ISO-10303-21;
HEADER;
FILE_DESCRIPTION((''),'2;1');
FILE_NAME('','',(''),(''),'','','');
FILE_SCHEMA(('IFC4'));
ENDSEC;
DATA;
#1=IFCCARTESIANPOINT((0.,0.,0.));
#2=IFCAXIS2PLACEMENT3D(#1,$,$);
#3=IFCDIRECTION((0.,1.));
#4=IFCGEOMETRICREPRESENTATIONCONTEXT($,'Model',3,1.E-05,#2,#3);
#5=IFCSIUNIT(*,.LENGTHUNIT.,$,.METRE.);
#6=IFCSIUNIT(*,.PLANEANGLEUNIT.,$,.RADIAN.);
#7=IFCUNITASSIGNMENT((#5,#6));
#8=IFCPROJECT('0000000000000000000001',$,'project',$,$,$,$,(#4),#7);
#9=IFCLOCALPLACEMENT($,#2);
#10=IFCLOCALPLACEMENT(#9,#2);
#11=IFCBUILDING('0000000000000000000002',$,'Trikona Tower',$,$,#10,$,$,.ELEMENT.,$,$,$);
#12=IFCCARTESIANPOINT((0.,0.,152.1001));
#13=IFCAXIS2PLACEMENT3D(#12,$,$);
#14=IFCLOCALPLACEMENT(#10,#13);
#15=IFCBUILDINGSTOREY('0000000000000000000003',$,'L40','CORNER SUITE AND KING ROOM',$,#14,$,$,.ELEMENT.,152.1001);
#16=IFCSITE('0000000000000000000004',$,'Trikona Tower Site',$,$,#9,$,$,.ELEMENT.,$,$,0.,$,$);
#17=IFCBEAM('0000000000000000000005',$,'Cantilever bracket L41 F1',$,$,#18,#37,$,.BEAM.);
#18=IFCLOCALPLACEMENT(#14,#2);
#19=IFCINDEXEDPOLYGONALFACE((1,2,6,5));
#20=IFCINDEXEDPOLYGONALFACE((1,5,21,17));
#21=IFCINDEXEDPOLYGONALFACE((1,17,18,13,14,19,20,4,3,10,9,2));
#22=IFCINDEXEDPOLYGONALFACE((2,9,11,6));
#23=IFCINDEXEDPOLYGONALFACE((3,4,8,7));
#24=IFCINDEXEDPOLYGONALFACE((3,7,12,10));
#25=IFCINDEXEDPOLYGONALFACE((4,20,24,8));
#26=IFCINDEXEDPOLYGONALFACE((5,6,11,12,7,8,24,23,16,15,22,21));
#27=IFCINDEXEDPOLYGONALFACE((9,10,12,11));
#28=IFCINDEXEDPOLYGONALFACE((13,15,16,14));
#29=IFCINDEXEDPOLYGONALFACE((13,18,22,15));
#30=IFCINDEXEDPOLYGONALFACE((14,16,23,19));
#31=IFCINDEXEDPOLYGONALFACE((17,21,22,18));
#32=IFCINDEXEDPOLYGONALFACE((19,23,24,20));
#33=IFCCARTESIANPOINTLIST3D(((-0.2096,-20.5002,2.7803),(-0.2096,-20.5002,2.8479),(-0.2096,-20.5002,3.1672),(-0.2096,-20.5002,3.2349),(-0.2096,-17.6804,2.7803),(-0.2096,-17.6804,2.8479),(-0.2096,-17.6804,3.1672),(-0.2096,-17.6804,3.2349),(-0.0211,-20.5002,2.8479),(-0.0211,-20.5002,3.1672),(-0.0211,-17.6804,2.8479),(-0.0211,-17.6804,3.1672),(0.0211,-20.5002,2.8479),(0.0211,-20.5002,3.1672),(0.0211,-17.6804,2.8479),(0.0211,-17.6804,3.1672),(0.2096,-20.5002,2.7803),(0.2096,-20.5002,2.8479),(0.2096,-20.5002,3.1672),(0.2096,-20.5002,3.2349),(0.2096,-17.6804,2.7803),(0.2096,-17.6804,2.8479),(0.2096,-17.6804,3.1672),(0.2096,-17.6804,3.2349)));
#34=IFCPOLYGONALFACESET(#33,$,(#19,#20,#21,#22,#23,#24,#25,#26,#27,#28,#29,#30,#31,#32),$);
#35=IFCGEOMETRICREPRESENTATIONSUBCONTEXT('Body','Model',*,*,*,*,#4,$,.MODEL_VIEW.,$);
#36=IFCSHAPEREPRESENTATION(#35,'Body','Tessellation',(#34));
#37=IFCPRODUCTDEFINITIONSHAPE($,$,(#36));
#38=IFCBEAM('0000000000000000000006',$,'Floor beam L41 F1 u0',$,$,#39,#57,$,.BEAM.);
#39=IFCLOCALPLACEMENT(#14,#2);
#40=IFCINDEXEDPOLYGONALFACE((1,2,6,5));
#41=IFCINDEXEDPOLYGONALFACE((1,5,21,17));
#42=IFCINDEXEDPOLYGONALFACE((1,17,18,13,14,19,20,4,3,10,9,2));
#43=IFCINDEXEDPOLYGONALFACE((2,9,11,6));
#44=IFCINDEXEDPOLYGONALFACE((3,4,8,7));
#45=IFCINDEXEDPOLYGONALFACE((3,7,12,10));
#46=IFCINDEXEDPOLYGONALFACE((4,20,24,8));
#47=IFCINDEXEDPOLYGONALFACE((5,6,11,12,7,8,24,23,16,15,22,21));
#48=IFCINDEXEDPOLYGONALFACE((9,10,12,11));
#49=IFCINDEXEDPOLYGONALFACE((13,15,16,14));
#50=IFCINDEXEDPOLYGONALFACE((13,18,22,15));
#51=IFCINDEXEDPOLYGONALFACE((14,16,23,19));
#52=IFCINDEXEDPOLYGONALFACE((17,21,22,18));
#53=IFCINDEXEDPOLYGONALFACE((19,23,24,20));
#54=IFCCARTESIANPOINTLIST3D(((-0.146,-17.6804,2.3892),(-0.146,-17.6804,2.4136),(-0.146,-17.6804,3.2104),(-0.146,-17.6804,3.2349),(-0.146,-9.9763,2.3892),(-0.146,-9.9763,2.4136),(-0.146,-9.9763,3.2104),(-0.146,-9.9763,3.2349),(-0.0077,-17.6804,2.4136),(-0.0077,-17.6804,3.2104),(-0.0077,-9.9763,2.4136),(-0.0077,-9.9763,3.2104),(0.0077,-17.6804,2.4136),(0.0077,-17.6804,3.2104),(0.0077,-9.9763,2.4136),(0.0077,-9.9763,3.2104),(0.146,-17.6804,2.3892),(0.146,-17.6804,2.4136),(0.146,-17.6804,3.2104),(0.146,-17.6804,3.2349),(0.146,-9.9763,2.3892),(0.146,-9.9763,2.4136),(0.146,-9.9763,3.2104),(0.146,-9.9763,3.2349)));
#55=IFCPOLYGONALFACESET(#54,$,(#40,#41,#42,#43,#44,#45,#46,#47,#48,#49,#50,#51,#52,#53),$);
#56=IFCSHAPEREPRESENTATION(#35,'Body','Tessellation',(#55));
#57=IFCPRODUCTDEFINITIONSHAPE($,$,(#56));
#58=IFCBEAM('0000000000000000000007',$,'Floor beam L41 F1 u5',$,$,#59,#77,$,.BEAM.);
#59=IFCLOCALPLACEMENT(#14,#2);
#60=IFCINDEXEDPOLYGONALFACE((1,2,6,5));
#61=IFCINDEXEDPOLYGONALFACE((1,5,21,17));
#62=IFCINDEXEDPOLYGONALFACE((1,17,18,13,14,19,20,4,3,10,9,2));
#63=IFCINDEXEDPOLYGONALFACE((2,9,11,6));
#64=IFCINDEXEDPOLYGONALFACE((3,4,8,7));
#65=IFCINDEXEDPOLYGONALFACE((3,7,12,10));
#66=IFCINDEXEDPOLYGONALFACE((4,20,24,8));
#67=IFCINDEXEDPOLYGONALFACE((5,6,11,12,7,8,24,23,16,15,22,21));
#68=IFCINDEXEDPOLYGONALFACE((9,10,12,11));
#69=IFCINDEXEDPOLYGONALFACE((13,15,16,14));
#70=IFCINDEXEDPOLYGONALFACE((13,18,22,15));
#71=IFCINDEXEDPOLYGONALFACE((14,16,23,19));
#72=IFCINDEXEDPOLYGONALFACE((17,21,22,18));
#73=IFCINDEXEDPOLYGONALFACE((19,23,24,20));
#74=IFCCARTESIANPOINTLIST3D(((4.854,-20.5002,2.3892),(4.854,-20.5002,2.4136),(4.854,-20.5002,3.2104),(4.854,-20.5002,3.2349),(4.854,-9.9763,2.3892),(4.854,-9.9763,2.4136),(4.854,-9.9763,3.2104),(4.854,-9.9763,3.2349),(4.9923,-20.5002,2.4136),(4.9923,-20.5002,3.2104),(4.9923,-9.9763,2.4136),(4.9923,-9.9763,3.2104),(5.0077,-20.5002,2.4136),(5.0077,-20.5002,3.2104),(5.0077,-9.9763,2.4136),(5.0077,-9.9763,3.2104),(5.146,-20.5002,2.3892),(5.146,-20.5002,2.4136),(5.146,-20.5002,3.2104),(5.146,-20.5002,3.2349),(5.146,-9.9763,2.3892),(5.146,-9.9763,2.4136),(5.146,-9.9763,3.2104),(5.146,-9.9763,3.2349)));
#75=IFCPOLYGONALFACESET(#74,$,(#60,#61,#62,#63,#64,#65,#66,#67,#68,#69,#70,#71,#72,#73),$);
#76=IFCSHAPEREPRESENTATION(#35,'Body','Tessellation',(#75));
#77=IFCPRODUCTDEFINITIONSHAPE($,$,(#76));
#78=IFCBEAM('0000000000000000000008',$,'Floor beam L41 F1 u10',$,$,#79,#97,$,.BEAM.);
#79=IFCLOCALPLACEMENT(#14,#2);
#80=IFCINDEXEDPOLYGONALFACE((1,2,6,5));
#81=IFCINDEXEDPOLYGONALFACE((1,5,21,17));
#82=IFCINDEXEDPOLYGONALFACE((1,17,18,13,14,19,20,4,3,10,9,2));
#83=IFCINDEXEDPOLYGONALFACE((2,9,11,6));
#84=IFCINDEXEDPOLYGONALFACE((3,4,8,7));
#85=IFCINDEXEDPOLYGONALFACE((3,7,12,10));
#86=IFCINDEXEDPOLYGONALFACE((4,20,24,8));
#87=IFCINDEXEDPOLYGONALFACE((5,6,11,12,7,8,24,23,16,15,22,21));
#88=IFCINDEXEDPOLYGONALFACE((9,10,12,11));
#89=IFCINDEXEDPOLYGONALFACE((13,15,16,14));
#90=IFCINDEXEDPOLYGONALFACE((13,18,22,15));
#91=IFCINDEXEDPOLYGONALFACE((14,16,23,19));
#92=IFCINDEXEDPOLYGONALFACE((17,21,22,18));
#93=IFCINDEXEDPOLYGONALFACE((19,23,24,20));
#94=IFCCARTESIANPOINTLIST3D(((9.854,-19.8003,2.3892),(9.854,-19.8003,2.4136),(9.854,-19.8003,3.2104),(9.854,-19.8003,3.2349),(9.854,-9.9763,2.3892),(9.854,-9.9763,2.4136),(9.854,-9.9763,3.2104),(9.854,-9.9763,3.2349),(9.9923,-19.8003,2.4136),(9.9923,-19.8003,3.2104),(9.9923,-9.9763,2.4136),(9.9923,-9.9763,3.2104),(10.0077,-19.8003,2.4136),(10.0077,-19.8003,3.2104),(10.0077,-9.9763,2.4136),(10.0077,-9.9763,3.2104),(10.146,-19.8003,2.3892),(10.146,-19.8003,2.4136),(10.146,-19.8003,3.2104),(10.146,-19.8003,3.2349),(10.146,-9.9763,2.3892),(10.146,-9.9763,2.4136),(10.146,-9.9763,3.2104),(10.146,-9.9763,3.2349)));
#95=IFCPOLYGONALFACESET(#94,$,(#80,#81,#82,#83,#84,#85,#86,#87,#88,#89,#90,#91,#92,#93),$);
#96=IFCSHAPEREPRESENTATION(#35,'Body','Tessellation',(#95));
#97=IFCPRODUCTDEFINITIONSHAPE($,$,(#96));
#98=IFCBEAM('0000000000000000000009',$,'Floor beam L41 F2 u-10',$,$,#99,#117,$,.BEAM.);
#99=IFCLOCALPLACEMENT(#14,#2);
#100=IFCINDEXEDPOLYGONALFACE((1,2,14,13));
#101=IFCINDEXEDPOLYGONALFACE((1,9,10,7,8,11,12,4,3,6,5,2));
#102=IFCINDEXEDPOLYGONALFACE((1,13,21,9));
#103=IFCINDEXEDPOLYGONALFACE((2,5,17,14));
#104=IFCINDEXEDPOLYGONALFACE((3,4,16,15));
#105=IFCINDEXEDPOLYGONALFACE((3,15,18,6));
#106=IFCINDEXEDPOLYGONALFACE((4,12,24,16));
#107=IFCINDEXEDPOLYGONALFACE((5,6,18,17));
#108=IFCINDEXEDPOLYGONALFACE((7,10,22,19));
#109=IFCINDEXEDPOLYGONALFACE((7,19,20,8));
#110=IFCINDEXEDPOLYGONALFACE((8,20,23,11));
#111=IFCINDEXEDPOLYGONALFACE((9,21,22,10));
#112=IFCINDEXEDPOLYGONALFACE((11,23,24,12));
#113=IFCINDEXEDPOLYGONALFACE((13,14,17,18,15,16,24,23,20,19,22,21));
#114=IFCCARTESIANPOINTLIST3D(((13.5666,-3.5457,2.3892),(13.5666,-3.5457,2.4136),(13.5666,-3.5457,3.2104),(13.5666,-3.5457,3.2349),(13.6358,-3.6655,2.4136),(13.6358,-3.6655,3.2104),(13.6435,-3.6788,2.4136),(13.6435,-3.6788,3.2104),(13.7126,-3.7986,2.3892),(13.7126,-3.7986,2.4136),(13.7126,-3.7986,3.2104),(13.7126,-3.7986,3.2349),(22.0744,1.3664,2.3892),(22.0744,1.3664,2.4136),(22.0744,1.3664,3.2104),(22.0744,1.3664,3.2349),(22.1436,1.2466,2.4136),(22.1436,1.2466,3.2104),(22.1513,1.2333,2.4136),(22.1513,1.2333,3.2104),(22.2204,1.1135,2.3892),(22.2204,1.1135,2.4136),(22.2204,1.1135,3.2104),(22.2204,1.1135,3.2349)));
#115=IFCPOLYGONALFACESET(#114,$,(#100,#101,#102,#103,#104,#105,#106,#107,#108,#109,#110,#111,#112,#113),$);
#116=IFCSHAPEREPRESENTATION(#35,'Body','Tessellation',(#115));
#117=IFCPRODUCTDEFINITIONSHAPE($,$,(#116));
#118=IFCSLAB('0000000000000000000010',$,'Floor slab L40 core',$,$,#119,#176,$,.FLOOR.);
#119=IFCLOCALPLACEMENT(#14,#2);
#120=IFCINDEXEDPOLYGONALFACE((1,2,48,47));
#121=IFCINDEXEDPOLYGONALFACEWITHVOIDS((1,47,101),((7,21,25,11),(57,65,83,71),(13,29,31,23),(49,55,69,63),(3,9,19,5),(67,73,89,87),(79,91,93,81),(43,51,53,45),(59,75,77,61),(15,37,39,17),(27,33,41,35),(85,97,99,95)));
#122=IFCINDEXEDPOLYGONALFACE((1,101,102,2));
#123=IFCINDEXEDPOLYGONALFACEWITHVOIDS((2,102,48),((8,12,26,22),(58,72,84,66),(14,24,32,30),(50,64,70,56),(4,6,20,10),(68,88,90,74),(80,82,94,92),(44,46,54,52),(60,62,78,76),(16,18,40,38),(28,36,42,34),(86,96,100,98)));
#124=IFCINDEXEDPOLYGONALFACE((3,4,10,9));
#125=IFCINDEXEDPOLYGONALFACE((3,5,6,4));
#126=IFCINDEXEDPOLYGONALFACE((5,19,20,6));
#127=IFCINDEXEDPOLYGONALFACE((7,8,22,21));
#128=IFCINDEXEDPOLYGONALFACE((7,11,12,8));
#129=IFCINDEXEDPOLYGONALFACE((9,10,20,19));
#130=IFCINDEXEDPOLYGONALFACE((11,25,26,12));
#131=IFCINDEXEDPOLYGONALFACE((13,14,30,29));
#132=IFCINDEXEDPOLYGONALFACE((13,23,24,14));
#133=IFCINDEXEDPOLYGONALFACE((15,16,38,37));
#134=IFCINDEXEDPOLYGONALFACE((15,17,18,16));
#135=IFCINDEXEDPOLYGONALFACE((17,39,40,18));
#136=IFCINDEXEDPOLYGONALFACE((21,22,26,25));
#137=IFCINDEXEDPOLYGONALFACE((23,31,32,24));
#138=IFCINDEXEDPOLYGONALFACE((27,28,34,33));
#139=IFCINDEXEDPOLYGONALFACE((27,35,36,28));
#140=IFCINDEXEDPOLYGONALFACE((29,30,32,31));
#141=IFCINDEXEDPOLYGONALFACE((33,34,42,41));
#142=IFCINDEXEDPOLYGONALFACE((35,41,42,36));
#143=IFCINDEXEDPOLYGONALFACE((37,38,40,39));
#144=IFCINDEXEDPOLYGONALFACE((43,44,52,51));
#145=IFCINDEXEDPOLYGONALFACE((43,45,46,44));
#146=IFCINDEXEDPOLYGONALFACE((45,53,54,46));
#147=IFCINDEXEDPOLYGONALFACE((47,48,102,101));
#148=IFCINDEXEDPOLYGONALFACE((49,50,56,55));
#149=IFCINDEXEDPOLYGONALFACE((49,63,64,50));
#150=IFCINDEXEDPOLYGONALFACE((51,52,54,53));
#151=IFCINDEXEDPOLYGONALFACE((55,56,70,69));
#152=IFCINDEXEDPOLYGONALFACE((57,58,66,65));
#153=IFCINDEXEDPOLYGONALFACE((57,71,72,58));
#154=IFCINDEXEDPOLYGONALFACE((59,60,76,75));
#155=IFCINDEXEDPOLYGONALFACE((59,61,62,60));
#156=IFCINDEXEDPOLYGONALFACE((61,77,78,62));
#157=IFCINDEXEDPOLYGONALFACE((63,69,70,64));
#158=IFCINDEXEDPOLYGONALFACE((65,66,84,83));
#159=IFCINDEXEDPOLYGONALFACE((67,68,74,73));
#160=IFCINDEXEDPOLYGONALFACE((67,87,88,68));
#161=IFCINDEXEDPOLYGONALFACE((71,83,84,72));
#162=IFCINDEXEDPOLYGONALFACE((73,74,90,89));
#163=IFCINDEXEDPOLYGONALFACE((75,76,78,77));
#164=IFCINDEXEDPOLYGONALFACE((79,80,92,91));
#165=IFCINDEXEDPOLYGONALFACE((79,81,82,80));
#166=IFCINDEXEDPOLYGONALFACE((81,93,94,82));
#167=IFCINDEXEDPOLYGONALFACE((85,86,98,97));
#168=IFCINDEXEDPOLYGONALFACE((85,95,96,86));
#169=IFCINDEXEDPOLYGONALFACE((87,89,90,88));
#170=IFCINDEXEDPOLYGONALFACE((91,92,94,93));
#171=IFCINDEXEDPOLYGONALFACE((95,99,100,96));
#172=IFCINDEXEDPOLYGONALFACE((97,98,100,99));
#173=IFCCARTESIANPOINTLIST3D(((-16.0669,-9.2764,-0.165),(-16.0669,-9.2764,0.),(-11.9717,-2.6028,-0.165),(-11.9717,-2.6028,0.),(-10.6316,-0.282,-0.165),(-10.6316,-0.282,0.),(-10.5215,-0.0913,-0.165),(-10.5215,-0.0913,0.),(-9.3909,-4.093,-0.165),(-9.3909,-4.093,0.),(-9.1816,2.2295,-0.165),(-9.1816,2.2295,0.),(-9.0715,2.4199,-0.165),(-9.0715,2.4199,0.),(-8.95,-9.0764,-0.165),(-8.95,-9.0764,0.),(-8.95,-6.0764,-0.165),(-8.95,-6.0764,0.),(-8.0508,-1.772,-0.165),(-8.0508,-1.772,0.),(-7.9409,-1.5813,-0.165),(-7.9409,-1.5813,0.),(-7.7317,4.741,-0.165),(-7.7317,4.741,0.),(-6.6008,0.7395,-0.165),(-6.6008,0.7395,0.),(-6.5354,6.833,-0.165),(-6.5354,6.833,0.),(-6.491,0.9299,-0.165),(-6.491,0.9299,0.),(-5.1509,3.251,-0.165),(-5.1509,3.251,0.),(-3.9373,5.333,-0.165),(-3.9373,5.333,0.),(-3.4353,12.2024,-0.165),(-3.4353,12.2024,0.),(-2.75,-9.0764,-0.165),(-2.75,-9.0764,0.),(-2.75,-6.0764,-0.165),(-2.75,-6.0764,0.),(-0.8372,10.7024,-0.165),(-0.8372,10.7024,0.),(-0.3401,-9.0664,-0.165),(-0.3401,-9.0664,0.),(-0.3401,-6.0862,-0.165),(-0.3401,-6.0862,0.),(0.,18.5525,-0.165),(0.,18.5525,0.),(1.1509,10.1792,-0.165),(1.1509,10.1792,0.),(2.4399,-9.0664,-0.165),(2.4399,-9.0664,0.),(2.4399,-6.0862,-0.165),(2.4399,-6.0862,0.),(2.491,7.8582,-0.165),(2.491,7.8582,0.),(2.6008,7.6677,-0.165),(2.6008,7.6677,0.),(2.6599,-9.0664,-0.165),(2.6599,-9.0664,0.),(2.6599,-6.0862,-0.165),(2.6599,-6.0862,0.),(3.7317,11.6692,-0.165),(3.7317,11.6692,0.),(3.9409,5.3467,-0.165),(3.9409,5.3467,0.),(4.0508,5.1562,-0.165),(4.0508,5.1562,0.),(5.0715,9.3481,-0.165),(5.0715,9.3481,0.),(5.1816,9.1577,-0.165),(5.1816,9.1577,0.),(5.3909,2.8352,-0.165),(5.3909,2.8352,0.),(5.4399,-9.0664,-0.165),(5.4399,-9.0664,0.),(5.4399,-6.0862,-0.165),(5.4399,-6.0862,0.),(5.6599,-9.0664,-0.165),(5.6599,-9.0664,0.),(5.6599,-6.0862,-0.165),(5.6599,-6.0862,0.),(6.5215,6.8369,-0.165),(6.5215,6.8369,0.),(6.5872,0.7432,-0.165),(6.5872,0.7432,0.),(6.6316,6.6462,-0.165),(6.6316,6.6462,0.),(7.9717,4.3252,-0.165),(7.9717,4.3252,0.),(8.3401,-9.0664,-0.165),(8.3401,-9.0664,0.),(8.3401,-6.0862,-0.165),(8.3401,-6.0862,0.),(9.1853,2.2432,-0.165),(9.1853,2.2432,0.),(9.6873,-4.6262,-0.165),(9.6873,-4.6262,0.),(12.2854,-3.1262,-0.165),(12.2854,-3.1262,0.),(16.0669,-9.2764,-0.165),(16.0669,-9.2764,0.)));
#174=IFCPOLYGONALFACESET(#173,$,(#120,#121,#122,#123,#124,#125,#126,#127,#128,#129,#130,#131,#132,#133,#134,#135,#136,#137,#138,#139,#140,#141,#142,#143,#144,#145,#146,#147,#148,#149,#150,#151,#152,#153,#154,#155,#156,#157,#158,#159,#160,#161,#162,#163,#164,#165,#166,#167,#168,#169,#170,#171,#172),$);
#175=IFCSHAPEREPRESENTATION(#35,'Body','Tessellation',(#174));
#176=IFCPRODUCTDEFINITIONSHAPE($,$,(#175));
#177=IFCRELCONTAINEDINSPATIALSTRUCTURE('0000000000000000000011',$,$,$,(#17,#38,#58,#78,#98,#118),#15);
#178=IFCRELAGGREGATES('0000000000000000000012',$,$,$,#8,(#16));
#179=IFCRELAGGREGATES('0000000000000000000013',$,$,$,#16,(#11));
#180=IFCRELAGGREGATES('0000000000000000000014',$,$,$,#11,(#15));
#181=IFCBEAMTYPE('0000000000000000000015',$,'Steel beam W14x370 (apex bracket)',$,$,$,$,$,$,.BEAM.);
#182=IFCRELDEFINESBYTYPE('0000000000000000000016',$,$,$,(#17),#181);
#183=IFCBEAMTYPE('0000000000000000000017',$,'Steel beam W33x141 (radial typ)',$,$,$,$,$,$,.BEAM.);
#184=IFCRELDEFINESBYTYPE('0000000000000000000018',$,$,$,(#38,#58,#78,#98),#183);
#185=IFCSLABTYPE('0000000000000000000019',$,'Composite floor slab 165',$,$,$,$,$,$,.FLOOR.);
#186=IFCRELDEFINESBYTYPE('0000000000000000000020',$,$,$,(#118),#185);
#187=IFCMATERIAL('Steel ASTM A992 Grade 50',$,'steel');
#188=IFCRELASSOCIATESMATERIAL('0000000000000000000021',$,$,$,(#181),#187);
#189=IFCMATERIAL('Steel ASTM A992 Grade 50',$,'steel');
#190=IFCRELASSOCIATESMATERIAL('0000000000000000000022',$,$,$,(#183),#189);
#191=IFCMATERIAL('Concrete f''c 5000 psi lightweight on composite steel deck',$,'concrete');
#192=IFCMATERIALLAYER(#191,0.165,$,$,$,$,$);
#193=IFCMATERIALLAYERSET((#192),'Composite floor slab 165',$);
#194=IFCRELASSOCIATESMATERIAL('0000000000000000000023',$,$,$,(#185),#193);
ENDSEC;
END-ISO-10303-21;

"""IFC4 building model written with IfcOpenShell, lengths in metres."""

from ifc_helpers import new_model, si_unit, direction, frame, origin, origin_2d, place, context, subcontext, project, spatial, polyline, i_section, outline, extrude, material, layer, layer_set, material_profile, profile_set, type_object, element, save


model = new_model("IFC4")

# Units and contexts
model_context = context("Model", 3, precision=1e-05, world=origin(), true_north=direction((0.0, 1.0)))
body_context = subcontext(model_context, "Body", "Model", "MODEL_VIEW")
ifc_project = project(units=[si_unit("LENGTHUNIT", "METRE"), si_unit("PLANEANGLEUNIT", "RADIAN")], contexts=[model_context])

# Site, building, storey
site_placement = place(None, origin())
site = spatial("IfcSite", under=ifc_project, at=site_placement, Name="Trikona Tower Site", CompositionType="ELEMENT", RefElevation=0.0)
building_placement = place(site_placement, origin())
building = spatial("IfcBuilding", under=site, at=building_placement, Name="Trikona Tower", CompositionType="ELEMENT")
storey_placement = place(building_placement, frame((0.0, 0.0, 152.1001)))
storey = spatial("IfcBuildingStorey", under=building, at=storey_placement, Name="L40", Description="CORNER SUITE AND KING ROOM", CompositionType="ELEMENT", Elevation=152.1001)

# Beams
ifc_material_1 = material(Name="Steel ASTM A992 Grade 50", Category="steel")
ifc_material_profile_1 = material_profile(ifc_material_1, i_section(OverallWidth=0.4192, OverallDepth=0.4546, WebThickness=0.0422, FlangeThickness=0.0676, at=origin_2d()), Name="W14X370")
ifc_profile_set_1 = profile_set([ifc_material_profile_1], Name="Steel ASTM A992 Grade 50")
beam_type_1 = type_object("IfcBeamType", Name="Steel beam W14x370 (apex bracket)", PredefinedType="BEAM", material=ifc_profile_set_1)
beam_1_placement = place(storey_placement, frame((0.0, -17.6804, 3.0076), z_axis=(0.0, -1.0, 0.0), x_axis=(1.0, 0.0, 0.0)))
element("IfcBeam", 1, at=beam_1_placement, inside=storey, type_object=beam_type_1, Name="Cantilever bracket L41 F1", PredefinedType="BEAM", context=body_context, shape_type="SweptSolid", body=[
    extrude(i_section(OverallWidth=0.4192, OverallDepth=0.4546, WebThickness=0.0422, FlangeThickness=0.0676, at=origin_2d()), origin(), (0.0, 0.0, 1.0), 2.8198),
])
ifc_material_2 = material(Name="Steel ASTM A992 Grade 50", Category="steel")
ifc_material_profile_2 = material_profile(ifc_material_2, i_section(OverallWidth=0.292, OverallDepth=0.8457, WebThickness=0.0154, FlangeThickness=0.0244, at=origin_2d()), Name="W33X141")
ifc_profile_set_2 = profile_set([ifc_material_profile_2], Name="Steel ASTM A992 Grade 50")
beam_type_2 = type_object("IfcBeamType", Name="Steel beam W33x141 (radial typ)", PredefinedType="BEAM", material=ifc_profile_set_2)
beam_2_placement = place(storey_placement, frame((0.0, -9.9763, 2.812), z_axis=(0.0, -1.0, 0.0), x_axis=(1.0, 0.0, 0.0)))
element("IfcBeam", 2, at=beam_2_placement, inside=storey, type_object=beam_type_2, Name="Floor beam L41 F1 u0", PredefinedType="BEAM", context=body_context, shape_type="SweptSolid", body=[
    extrude(i_section(OverallWidth=0.292, OverallDepth=0.8457, WebThickness=0.0154, FlangeThickness=0.0244, at=origin_2d()), origin(), (0.0, 0.0, 1.0), 7.7041),
])
beam_3_placement = place(storey_placement, frame((5.0, -9.9763, 2.812), z_axis=(0.0, -1.0, 0.0), x_axis=(1.0, 0.0, 0.0)))
element("IfcBeam", 3, at=beam_3_placement, inside=storey, type_object=beam_type_2, Name="Floor beam L41 F1 u5", PredefinedType="BEAM", context=body_context, shape_type="SweptSolid", body=[
    extrude(i_section(OverallWidth=0.292, OverallDepth=0.8457, WebThickness=0.0154, FlangeThickness=0.0244, at=origin_2d()), origin(), (0.0, 0.0, 1.0), 10.5239),
])
for number, where, z_axis, x_axis, name in (
    (4, (10.0, -9.9763, 2.812), (0.0, -1.0, 0.0), (1.0, 0.0, 0.0), "Floor beam L41 F1 u10"),
    (5, (13.6396, -3.6721, 2.812), (0.86602, 0.500009, 0.0), (-0.500009, 0.86602, 0.0), "Floor beam L41 F2 u-10"),
):
    element("IfcBeam", number, at=place(storey_placement, frame(where, z_axis=z_axis, x_axis=x_axis)), inside=storey, type_object=beam_type_2, Name=name, PredefinedType="BEAM", context=body_context, shape_type="SweptSolid", body=[
        extrude(i_section(OverallWidth=0.292, OverallDepth=0.8457, WebThickness=0.0154, FlangeThickness=0.0244, at=origin_2d()), origin(), (0.0, 0.0, 1.0), 9.824),
    ])

# Slab
ifc_material_3 = material(Name="Concrete f'c 5000 psi lightweight on composite steel deck", Category="concrete")
ifc_layer_1 = layer(ifc_material_3, 0.165)
ifc_layer_set_1 = layer_set([ifc_layer_1], Name="Composite floor slab 165")
slab_type = type_object("IfcSlabType", Name="Composite floor slab 165", PredefinedType="FLOOR", material=ifc_layer_set_1)
slab_placement = place(storey_placement, frame((0.0, 0.0, -0.165)))
element("IfcSlab", 6, at=slab_placement, inside=storey, type_object=slab_type, Name="Floor slab L40 core", PredefinedType="FLOOR", context=body_context, shape_type="SweptSolid", body=[
    extrude(outline(polyline([(-16.0669, -9.2764), (16.0669, -9.2764), (0.0, 18.5525), (-16.0669, -9.2764)]), holes=[polyline([(12.2854, -3.1262), (9.1853, 2.2432), (6.5872, 0.7432), (9.6873, -4.6262), (12.2854, -3.1262)]), polyline([(8.3401, -9.0664), (8.3401, -6.0862), (5.6599, -6.0862), (5.6599, -9.0664), (8.3401, -9.0664)]), polyline([(5.3909, 2.8352), (7.9717, 4.3252), (6.6316, 6.6462), (4.0508, 5.1562), (5.3909, 2.8352)]), polyline([(2.6008, 7.6677), (3.9409, 5.3467), (6.5215, 6.8369), (5.1816, 9.1577), (2.6008, 7.6677)]), polyline([(5.4399, -6.0862), (2.6599, -6.0862), (2.6599, -9.0664), (5.4399, -9.0664), (5.4399, -6.0862)]), polyline([(3.7317, 11.6692), (1.1509, 10.1792), (2.491, 7.8582), (5.0715, 9.3481), (3.7317, 11.6692)]), polyline([(-0.3401, -6.0862), (-0.3401, -9.0664), (2.4399, -9.0664), (2.4399, -6.0862), (-0.3401, -6.0862)]), polyline([(-3.4353, 12.2024), (-6.5354, 6.833), (-3.9373, 5.333), (-0.8372, 10.7024), (-3.4353, 12.2024)]), polyline([(-8.95, -9.0764), (-2.75, -9.0764), (-2.75, -6.0764), (-8.95, -6.0764), (-8.95, -9.0764)]), polyline([(-5.1509, 3.251), (-7.7317, 4.741), (-9.0715, 2.4199), (-6.491, 0.9299), (-5.1509, 3.251)]), polyline([(-7.9409, -1.5813), (-6.6008, 0.7395), (-9.1816, 2.2295), (-10.5215, -0.0913), (-7.9409, -1.5813)]), polyline([(-11.9717, -2.6028), (-9.3909, -4.093), (-8.0508, -1.772), (-10.6316, -0.282), (-11.9717, -2.6028)])]), origin(), (0.0, 0.0, 1.0), 0.165),
])

save(model, "model.ifc")
